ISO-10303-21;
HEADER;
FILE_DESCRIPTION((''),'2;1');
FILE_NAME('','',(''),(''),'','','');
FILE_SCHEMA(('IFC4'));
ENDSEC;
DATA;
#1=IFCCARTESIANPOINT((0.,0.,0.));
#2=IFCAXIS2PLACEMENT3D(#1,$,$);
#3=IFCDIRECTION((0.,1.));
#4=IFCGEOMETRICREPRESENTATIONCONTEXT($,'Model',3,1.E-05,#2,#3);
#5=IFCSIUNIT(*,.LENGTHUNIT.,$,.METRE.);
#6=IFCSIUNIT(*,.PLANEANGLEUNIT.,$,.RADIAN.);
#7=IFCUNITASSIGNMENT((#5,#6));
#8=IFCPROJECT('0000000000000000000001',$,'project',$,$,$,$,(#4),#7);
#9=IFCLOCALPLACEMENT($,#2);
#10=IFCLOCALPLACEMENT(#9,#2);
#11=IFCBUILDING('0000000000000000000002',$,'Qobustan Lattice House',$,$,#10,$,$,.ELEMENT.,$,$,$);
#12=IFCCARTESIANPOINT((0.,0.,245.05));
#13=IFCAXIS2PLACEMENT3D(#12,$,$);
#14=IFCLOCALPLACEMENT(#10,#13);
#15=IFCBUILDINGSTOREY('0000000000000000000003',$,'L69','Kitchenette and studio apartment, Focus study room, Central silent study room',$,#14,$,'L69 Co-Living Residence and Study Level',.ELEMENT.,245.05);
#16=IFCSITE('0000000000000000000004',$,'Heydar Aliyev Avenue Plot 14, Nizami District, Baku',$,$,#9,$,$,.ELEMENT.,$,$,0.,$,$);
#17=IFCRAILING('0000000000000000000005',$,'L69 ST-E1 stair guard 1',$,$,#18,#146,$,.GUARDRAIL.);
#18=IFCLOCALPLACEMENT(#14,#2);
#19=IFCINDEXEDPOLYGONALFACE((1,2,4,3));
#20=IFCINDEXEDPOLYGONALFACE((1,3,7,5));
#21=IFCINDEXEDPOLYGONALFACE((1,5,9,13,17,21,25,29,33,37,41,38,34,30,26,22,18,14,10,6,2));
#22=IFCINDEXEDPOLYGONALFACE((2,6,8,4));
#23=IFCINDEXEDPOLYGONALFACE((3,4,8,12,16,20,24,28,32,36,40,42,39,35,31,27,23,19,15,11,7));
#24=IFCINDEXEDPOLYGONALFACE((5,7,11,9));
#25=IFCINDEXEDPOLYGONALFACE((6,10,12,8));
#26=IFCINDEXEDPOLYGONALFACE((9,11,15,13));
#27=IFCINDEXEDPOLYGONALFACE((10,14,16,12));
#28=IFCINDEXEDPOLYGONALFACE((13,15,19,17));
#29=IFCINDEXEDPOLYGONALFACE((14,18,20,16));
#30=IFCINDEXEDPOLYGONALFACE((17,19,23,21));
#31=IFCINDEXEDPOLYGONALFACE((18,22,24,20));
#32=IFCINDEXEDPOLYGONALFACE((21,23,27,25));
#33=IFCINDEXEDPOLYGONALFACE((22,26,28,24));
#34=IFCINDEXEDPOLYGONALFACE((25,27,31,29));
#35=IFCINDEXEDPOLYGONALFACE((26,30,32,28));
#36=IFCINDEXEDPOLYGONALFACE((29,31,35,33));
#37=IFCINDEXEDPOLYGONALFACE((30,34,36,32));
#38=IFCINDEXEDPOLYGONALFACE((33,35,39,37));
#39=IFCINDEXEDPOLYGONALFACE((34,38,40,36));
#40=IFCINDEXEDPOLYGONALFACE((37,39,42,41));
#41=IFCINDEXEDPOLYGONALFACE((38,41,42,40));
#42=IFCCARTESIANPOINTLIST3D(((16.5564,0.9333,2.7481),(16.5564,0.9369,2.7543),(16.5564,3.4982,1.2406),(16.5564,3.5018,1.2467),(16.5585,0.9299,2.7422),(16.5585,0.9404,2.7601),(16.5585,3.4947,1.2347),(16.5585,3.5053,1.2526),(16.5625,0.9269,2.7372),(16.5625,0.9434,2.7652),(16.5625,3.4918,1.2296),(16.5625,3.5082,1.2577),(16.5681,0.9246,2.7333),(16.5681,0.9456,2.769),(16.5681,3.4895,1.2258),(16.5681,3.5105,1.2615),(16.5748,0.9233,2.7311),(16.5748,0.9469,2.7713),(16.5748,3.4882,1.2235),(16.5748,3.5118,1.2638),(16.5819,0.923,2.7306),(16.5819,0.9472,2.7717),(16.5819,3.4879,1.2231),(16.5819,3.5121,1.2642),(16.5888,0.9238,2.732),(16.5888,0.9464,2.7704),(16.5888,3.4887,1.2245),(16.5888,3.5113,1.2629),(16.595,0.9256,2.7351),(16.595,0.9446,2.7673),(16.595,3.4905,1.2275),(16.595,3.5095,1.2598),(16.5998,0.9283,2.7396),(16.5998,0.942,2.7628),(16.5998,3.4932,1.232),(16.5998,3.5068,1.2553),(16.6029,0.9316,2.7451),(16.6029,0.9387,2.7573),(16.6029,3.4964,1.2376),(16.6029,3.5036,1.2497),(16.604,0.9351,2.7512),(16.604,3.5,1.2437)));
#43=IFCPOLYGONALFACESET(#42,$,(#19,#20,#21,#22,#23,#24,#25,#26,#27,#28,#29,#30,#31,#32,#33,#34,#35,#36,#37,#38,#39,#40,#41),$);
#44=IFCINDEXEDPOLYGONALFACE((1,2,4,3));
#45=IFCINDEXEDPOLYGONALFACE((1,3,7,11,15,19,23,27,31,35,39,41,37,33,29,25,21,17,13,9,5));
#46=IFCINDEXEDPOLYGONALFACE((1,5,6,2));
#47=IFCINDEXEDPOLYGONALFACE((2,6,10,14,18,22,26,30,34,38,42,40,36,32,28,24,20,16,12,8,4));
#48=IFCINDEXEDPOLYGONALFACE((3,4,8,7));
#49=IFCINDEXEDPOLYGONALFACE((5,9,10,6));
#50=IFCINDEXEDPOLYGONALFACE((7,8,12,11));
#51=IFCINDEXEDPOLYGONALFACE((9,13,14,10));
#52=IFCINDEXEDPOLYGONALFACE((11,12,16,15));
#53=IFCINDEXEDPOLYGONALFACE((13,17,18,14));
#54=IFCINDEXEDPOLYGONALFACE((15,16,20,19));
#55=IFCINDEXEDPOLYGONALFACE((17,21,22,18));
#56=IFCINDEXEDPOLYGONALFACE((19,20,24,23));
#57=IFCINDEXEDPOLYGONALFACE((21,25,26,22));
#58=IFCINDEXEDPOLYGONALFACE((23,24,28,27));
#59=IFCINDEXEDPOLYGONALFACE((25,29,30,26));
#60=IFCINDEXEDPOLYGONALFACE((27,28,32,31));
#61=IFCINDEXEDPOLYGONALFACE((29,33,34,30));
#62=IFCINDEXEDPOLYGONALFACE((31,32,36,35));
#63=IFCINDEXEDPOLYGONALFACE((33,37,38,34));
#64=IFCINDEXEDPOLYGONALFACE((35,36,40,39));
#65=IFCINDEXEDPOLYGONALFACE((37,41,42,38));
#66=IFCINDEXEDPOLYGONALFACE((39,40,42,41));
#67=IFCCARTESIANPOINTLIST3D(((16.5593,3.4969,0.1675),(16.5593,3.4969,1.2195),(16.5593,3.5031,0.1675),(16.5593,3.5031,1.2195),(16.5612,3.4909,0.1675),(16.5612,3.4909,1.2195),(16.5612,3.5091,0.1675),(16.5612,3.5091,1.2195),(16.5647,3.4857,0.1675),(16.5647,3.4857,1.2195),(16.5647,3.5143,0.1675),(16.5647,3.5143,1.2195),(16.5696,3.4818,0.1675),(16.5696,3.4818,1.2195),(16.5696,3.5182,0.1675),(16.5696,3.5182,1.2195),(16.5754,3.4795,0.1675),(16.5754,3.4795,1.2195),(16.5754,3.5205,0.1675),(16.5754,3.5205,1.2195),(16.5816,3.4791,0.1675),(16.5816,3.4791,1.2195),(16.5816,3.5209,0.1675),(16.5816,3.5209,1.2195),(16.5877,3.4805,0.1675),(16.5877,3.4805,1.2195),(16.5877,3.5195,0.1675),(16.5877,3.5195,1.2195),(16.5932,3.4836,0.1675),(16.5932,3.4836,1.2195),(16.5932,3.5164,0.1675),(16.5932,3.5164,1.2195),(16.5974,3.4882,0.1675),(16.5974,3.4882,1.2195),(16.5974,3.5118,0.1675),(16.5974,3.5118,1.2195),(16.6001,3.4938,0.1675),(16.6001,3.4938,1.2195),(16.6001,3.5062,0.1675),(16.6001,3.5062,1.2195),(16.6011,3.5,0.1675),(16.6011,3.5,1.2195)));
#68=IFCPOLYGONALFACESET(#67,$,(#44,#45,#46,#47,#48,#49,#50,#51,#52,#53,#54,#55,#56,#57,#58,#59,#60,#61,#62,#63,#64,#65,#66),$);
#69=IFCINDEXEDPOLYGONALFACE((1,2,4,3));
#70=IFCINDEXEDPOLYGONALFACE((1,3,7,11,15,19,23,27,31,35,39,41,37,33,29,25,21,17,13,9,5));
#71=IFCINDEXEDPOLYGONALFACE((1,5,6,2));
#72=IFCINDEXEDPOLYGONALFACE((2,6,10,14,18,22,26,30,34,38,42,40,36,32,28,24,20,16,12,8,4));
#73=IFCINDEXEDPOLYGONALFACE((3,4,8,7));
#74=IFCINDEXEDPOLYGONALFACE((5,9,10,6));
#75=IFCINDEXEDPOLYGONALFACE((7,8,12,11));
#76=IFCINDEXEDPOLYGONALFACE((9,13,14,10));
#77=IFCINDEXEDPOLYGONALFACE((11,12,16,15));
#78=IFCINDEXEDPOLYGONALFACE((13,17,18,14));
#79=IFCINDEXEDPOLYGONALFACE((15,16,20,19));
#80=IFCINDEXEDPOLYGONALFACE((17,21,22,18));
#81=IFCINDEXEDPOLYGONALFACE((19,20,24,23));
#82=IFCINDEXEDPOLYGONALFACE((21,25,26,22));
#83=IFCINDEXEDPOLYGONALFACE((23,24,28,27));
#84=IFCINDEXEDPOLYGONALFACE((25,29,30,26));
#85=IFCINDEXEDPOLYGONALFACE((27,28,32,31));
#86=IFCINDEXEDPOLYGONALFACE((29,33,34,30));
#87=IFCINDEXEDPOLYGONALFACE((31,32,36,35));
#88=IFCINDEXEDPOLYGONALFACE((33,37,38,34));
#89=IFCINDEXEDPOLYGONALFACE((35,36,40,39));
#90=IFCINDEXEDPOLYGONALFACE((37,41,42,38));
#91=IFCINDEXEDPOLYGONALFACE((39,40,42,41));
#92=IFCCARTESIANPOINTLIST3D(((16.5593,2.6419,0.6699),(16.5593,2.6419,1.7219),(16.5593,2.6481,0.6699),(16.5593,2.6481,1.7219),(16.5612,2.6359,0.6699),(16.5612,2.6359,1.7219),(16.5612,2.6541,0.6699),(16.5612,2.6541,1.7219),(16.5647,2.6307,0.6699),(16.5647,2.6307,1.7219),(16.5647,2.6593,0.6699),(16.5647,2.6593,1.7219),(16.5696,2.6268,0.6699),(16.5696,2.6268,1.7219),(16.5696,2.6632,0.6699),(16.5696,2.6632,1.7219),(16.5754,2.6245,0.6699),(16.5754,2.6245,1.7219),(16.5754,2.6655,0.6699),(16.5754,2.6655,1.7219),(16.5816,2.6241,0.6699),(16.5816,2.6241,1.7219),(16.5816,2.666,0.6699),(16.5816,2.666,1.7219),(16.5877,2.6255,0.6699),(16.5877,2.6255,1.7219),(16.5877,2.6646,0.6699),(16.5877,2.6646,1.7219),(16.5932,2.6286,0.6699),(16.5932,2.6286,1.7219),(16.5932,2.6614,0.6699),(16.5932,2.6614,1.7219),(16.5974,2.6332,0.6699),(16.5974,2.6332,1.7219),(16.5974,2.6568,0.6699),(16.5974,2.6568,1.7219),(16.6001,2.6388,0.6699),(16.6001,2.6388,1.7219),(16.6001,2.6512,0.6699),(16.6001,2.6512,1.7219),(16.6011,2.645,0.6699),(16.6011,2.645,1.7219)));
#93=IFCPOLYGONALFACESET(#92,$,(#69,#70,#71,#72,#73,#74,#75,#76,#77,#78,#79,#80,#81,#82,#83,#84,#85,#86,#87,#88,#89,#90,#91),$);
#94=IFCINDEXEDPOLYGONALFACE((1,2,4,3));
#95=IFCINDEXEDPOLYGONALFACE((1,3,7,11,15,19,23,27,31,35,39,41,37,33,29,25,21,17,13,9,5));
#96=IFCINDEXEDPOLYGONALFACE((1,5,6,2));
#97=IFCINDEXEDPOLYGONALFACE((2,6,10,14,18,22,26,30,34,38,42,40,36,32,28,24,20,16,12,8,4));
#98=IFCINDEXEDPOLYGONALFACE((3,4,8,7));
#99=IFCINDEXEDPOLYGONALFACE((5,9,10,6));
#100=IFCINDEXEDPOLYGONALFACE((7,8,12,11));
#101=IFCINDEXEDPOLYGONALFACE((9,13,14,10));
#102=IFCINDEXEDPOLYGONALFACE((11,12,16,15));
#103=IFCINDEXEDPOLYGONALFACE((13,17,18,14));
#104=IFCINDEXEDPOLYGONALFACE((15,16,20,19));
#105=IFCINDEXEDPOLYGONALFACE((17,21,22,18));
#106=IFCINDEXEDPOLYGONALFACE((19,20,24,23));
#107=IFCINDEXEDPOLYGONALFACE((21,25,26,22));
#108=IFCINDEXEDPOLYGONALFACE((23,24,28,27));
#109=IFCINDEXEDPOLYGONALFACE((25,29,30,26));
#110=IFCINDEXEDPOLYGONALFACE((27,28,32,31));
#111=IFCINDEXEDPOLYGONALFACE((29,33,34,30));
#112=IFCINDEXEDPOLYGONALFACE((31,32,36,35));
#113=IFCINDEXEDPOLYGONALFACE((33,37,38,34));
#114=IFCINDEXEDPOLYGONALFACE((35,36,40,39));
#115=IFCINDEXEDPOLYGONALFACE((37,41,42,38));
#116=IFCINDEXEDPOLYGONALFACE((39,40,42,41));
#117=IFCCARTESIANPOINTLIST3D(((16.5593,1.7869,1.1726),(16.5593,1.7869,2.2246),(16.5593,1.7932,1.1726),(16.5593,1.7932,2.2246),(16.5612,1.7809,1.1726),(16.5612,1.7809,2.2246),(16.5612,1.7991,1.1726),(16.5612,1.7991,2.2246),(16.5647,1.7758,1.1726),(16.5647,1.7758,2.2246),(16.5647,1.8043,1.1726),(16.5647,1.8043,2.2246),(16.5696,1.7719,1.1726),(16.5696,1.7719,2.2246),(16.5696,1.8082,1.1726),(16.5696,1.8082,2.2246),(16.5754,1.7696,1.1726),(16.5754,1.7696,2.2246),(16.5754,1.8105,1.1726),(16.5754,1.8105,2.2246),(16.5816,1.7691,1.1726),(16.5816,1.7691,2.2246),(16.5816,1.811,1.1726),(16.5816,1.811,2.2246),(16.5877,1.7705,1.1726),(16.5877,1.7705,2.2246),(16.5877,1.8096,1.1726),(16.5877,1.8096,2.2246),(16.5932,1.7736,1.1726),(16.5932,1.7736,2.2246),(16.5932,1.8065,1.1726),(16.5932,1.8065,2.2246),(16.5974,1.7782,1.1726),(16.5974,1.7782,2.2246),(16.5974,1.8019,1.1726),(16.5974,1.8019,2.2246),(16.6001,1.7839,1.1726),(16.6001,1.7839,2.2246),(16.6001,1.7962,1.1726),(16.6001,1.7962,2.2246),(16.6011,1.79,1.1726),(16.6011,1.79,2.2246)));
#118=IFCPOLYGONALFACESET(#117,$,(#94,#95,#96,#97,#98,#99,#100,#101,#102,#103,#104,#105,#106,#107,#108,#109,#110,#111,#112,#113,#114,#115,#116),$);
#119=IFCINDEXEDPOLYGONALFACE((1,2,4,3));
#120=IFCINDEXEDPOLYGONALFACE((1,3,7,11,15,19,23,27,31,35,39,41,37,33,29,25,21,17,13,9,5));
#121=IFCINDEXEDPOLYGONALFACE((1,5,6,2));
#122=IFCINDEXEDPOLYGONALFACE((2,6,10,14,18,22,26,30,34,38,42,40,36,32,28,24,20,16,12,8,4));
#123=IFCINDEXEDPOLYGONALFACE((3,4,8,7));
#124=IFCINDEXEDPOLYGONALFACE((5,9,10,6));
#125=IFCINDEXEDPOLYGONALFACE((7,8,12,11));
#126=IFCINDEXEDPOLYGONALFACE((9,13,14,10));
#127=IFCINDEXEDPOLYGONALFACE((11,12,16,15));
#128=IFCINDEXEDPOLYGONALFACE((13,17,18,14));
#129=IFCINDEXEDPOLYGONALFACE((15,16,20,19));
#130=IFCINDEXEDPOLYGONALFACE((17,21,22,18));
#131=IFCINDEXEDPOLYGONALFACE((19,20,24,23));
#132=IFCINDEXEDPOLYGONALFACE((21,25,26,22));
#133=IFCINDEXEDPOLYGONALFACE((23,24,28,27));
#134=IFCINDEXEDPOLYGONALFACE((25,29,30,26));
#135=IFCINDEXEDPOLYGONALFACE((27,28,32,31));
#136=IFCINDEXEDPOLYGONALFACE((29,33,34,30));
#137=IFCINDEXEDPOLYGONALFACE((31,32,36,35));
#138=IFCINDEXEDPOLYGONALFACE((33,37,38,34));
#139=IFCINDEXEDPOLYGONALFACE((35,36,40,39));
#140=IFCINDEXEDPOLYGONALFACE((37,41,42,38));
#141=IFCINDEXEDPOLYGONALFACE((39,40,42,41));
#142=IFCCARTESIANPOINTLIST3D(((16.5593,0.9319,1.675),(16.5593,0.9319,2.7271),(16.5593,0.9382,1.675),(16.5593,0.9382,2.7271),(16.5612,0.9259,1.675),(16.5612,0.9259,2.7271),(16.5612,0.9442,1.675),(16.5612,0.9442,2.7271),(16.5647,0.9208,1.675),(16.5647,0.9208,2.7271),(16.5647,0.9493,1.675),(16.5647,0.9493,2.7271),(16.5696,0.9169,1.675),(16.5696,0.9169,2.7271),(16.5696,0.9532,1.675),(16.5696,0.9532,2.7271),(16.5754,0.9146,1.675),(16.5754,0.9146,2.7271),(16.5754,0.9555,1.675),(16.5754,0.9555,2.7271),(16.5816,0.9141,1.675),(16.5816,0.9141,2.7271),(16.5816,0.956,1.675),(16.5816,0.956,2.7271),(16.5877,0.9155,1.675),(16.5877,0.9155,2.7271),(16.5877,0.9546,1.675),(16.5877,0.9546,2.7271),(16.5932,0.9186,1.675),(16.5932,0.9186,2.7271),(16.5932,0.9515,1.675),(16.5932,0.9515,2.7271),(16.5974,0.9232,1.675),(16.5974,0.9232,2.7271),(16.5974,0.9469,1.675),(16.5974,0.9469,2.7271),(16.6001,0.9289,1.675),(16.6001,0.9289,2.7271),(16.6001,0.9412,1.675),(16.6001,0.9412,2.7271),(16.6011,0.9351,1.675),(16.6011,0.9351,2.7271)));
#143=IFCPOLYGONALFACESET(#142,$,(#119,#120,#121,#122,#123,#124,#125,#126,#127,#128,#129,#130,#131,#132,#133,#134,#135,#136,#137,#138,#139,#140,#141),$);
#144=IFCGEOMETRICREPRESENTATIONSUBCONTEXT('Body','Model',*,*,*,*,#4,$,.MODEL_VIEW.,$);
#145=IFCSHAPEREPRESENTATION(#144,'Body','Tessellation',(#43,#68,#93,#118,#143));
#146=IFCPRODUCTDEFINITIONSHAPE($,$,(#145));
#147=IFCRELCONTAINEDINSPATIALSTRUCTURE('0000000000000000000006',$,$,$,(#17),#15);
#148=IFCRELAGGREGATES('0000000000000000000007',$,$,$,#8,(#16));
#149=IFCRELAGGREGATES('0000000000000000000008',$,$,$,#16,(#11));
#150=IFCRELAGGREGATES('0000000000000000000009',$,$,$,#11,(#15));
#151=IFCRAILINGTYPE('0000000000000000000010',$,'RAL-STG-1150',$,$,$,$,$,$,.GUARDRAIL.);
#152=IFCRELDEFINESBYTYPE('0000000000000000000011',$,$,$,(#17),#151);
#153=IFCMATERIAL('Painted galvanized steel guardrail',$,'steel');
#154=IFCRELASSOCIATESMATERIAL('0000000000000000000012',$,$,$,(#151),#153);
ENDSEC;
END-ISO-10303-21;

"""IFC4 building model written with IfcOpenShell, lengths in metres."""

from ifc_helpers import new_model, si_unit, direction, frame, origin, origin_2d, place, context, subcontext, project, spatial, circle, extrude, material, type_object, element, save


model = new_model("IFC4")

# Units and contexts
model_context = context("Model", 3, precision=1e-05, world=origin(), true_north=direction((0.0, 1.0)))
body_context = subcontext(model_context, "Body", "Model", "MODEL_VIEW")
ifc_project = project(units=[si_unit("LENGTHUNIT", "METRE"), si_unit("PLANEANGLEUNIT", "RADIAN")], contexts=[model_context])

# Site, building, storey
site_placement = place(None, origin())
site = spatial("IfcSite", under=ifc_project, at=site_placement, Name="Heydar Aliyev Avenue Plot 14, Nizami District, Baku", CompositionType="ELEMENT", RefElevation=0.0)
building_placement = place(site_placement, origin())
building = spatial("IfcBuilding", under=site, at=building_placement, Name="Qobustan Lattice House", CompositionType="ELEMENT")
storey_placement = place(building_placement, frame((0.0, 0.0, 245.05)))
storey = spatial("IfcBuildingStorey", under=building, at=storey_placement, Name="L69", Description="Kitchenette and studio apartment, Focus study room, Central silent study room", LongName="L69 Co-Living Residence and Study Level", CompositionType="ELEMENT", Elevation=245.05)

# Railing
ifc_material_1 = material(Name="Painted galvanized steel guardrail", Category="steel")
railing_type_1 = type_object("IfcRailingType", Name="RAL-STG-1150", PredefinedType="GUARDRAIL", material=ifc_material_1)
railing_1_placement = place(storey_placement, frame((16.5801, 3.5, 0.1675)))
element("IfcRailing", 1, at=railing_1_placement, inside=storey, type_object=railing_type_1, Name="L69 ST-E1 stair guard 1", PredefinedType="GUARDRAIL", context=body_context, shape_type="SweptSolid", body=[
    extrude(circle(Radius=0.0239, at=origin_2d()), frame((0.0, 0.0, 1.0762), z_axis=(0.0, -0.862113, 0.506715), x_axis=(1.0, 0.0, 0.0)), (0.0, 0.0, 1.0), 2.9751),
    extrude(circle(Radius=0.021, at=origin_2d()), origin(), (0.0, 0.0, 1.0), 1.052),
    extrude(circle(Radius=0.021, at=origin_2d()), frame((0.0, -0.855, 0.5024)), (0.0, 0.0, 1.0), 1.052),
    extrude(circle(Radius=0.021, at=origin_2d()), frame((0.0, -1.71, 1.0051)), (0.0, 0.0, 1.0), 1.052),
    extrude(circle(Radius=0.021, at=origin_2d()), frame((0.0, -2.5649, 1.5076)), (0.0, 0.0, 1.0), 1.052),
])

save(model, "model.ifc")
